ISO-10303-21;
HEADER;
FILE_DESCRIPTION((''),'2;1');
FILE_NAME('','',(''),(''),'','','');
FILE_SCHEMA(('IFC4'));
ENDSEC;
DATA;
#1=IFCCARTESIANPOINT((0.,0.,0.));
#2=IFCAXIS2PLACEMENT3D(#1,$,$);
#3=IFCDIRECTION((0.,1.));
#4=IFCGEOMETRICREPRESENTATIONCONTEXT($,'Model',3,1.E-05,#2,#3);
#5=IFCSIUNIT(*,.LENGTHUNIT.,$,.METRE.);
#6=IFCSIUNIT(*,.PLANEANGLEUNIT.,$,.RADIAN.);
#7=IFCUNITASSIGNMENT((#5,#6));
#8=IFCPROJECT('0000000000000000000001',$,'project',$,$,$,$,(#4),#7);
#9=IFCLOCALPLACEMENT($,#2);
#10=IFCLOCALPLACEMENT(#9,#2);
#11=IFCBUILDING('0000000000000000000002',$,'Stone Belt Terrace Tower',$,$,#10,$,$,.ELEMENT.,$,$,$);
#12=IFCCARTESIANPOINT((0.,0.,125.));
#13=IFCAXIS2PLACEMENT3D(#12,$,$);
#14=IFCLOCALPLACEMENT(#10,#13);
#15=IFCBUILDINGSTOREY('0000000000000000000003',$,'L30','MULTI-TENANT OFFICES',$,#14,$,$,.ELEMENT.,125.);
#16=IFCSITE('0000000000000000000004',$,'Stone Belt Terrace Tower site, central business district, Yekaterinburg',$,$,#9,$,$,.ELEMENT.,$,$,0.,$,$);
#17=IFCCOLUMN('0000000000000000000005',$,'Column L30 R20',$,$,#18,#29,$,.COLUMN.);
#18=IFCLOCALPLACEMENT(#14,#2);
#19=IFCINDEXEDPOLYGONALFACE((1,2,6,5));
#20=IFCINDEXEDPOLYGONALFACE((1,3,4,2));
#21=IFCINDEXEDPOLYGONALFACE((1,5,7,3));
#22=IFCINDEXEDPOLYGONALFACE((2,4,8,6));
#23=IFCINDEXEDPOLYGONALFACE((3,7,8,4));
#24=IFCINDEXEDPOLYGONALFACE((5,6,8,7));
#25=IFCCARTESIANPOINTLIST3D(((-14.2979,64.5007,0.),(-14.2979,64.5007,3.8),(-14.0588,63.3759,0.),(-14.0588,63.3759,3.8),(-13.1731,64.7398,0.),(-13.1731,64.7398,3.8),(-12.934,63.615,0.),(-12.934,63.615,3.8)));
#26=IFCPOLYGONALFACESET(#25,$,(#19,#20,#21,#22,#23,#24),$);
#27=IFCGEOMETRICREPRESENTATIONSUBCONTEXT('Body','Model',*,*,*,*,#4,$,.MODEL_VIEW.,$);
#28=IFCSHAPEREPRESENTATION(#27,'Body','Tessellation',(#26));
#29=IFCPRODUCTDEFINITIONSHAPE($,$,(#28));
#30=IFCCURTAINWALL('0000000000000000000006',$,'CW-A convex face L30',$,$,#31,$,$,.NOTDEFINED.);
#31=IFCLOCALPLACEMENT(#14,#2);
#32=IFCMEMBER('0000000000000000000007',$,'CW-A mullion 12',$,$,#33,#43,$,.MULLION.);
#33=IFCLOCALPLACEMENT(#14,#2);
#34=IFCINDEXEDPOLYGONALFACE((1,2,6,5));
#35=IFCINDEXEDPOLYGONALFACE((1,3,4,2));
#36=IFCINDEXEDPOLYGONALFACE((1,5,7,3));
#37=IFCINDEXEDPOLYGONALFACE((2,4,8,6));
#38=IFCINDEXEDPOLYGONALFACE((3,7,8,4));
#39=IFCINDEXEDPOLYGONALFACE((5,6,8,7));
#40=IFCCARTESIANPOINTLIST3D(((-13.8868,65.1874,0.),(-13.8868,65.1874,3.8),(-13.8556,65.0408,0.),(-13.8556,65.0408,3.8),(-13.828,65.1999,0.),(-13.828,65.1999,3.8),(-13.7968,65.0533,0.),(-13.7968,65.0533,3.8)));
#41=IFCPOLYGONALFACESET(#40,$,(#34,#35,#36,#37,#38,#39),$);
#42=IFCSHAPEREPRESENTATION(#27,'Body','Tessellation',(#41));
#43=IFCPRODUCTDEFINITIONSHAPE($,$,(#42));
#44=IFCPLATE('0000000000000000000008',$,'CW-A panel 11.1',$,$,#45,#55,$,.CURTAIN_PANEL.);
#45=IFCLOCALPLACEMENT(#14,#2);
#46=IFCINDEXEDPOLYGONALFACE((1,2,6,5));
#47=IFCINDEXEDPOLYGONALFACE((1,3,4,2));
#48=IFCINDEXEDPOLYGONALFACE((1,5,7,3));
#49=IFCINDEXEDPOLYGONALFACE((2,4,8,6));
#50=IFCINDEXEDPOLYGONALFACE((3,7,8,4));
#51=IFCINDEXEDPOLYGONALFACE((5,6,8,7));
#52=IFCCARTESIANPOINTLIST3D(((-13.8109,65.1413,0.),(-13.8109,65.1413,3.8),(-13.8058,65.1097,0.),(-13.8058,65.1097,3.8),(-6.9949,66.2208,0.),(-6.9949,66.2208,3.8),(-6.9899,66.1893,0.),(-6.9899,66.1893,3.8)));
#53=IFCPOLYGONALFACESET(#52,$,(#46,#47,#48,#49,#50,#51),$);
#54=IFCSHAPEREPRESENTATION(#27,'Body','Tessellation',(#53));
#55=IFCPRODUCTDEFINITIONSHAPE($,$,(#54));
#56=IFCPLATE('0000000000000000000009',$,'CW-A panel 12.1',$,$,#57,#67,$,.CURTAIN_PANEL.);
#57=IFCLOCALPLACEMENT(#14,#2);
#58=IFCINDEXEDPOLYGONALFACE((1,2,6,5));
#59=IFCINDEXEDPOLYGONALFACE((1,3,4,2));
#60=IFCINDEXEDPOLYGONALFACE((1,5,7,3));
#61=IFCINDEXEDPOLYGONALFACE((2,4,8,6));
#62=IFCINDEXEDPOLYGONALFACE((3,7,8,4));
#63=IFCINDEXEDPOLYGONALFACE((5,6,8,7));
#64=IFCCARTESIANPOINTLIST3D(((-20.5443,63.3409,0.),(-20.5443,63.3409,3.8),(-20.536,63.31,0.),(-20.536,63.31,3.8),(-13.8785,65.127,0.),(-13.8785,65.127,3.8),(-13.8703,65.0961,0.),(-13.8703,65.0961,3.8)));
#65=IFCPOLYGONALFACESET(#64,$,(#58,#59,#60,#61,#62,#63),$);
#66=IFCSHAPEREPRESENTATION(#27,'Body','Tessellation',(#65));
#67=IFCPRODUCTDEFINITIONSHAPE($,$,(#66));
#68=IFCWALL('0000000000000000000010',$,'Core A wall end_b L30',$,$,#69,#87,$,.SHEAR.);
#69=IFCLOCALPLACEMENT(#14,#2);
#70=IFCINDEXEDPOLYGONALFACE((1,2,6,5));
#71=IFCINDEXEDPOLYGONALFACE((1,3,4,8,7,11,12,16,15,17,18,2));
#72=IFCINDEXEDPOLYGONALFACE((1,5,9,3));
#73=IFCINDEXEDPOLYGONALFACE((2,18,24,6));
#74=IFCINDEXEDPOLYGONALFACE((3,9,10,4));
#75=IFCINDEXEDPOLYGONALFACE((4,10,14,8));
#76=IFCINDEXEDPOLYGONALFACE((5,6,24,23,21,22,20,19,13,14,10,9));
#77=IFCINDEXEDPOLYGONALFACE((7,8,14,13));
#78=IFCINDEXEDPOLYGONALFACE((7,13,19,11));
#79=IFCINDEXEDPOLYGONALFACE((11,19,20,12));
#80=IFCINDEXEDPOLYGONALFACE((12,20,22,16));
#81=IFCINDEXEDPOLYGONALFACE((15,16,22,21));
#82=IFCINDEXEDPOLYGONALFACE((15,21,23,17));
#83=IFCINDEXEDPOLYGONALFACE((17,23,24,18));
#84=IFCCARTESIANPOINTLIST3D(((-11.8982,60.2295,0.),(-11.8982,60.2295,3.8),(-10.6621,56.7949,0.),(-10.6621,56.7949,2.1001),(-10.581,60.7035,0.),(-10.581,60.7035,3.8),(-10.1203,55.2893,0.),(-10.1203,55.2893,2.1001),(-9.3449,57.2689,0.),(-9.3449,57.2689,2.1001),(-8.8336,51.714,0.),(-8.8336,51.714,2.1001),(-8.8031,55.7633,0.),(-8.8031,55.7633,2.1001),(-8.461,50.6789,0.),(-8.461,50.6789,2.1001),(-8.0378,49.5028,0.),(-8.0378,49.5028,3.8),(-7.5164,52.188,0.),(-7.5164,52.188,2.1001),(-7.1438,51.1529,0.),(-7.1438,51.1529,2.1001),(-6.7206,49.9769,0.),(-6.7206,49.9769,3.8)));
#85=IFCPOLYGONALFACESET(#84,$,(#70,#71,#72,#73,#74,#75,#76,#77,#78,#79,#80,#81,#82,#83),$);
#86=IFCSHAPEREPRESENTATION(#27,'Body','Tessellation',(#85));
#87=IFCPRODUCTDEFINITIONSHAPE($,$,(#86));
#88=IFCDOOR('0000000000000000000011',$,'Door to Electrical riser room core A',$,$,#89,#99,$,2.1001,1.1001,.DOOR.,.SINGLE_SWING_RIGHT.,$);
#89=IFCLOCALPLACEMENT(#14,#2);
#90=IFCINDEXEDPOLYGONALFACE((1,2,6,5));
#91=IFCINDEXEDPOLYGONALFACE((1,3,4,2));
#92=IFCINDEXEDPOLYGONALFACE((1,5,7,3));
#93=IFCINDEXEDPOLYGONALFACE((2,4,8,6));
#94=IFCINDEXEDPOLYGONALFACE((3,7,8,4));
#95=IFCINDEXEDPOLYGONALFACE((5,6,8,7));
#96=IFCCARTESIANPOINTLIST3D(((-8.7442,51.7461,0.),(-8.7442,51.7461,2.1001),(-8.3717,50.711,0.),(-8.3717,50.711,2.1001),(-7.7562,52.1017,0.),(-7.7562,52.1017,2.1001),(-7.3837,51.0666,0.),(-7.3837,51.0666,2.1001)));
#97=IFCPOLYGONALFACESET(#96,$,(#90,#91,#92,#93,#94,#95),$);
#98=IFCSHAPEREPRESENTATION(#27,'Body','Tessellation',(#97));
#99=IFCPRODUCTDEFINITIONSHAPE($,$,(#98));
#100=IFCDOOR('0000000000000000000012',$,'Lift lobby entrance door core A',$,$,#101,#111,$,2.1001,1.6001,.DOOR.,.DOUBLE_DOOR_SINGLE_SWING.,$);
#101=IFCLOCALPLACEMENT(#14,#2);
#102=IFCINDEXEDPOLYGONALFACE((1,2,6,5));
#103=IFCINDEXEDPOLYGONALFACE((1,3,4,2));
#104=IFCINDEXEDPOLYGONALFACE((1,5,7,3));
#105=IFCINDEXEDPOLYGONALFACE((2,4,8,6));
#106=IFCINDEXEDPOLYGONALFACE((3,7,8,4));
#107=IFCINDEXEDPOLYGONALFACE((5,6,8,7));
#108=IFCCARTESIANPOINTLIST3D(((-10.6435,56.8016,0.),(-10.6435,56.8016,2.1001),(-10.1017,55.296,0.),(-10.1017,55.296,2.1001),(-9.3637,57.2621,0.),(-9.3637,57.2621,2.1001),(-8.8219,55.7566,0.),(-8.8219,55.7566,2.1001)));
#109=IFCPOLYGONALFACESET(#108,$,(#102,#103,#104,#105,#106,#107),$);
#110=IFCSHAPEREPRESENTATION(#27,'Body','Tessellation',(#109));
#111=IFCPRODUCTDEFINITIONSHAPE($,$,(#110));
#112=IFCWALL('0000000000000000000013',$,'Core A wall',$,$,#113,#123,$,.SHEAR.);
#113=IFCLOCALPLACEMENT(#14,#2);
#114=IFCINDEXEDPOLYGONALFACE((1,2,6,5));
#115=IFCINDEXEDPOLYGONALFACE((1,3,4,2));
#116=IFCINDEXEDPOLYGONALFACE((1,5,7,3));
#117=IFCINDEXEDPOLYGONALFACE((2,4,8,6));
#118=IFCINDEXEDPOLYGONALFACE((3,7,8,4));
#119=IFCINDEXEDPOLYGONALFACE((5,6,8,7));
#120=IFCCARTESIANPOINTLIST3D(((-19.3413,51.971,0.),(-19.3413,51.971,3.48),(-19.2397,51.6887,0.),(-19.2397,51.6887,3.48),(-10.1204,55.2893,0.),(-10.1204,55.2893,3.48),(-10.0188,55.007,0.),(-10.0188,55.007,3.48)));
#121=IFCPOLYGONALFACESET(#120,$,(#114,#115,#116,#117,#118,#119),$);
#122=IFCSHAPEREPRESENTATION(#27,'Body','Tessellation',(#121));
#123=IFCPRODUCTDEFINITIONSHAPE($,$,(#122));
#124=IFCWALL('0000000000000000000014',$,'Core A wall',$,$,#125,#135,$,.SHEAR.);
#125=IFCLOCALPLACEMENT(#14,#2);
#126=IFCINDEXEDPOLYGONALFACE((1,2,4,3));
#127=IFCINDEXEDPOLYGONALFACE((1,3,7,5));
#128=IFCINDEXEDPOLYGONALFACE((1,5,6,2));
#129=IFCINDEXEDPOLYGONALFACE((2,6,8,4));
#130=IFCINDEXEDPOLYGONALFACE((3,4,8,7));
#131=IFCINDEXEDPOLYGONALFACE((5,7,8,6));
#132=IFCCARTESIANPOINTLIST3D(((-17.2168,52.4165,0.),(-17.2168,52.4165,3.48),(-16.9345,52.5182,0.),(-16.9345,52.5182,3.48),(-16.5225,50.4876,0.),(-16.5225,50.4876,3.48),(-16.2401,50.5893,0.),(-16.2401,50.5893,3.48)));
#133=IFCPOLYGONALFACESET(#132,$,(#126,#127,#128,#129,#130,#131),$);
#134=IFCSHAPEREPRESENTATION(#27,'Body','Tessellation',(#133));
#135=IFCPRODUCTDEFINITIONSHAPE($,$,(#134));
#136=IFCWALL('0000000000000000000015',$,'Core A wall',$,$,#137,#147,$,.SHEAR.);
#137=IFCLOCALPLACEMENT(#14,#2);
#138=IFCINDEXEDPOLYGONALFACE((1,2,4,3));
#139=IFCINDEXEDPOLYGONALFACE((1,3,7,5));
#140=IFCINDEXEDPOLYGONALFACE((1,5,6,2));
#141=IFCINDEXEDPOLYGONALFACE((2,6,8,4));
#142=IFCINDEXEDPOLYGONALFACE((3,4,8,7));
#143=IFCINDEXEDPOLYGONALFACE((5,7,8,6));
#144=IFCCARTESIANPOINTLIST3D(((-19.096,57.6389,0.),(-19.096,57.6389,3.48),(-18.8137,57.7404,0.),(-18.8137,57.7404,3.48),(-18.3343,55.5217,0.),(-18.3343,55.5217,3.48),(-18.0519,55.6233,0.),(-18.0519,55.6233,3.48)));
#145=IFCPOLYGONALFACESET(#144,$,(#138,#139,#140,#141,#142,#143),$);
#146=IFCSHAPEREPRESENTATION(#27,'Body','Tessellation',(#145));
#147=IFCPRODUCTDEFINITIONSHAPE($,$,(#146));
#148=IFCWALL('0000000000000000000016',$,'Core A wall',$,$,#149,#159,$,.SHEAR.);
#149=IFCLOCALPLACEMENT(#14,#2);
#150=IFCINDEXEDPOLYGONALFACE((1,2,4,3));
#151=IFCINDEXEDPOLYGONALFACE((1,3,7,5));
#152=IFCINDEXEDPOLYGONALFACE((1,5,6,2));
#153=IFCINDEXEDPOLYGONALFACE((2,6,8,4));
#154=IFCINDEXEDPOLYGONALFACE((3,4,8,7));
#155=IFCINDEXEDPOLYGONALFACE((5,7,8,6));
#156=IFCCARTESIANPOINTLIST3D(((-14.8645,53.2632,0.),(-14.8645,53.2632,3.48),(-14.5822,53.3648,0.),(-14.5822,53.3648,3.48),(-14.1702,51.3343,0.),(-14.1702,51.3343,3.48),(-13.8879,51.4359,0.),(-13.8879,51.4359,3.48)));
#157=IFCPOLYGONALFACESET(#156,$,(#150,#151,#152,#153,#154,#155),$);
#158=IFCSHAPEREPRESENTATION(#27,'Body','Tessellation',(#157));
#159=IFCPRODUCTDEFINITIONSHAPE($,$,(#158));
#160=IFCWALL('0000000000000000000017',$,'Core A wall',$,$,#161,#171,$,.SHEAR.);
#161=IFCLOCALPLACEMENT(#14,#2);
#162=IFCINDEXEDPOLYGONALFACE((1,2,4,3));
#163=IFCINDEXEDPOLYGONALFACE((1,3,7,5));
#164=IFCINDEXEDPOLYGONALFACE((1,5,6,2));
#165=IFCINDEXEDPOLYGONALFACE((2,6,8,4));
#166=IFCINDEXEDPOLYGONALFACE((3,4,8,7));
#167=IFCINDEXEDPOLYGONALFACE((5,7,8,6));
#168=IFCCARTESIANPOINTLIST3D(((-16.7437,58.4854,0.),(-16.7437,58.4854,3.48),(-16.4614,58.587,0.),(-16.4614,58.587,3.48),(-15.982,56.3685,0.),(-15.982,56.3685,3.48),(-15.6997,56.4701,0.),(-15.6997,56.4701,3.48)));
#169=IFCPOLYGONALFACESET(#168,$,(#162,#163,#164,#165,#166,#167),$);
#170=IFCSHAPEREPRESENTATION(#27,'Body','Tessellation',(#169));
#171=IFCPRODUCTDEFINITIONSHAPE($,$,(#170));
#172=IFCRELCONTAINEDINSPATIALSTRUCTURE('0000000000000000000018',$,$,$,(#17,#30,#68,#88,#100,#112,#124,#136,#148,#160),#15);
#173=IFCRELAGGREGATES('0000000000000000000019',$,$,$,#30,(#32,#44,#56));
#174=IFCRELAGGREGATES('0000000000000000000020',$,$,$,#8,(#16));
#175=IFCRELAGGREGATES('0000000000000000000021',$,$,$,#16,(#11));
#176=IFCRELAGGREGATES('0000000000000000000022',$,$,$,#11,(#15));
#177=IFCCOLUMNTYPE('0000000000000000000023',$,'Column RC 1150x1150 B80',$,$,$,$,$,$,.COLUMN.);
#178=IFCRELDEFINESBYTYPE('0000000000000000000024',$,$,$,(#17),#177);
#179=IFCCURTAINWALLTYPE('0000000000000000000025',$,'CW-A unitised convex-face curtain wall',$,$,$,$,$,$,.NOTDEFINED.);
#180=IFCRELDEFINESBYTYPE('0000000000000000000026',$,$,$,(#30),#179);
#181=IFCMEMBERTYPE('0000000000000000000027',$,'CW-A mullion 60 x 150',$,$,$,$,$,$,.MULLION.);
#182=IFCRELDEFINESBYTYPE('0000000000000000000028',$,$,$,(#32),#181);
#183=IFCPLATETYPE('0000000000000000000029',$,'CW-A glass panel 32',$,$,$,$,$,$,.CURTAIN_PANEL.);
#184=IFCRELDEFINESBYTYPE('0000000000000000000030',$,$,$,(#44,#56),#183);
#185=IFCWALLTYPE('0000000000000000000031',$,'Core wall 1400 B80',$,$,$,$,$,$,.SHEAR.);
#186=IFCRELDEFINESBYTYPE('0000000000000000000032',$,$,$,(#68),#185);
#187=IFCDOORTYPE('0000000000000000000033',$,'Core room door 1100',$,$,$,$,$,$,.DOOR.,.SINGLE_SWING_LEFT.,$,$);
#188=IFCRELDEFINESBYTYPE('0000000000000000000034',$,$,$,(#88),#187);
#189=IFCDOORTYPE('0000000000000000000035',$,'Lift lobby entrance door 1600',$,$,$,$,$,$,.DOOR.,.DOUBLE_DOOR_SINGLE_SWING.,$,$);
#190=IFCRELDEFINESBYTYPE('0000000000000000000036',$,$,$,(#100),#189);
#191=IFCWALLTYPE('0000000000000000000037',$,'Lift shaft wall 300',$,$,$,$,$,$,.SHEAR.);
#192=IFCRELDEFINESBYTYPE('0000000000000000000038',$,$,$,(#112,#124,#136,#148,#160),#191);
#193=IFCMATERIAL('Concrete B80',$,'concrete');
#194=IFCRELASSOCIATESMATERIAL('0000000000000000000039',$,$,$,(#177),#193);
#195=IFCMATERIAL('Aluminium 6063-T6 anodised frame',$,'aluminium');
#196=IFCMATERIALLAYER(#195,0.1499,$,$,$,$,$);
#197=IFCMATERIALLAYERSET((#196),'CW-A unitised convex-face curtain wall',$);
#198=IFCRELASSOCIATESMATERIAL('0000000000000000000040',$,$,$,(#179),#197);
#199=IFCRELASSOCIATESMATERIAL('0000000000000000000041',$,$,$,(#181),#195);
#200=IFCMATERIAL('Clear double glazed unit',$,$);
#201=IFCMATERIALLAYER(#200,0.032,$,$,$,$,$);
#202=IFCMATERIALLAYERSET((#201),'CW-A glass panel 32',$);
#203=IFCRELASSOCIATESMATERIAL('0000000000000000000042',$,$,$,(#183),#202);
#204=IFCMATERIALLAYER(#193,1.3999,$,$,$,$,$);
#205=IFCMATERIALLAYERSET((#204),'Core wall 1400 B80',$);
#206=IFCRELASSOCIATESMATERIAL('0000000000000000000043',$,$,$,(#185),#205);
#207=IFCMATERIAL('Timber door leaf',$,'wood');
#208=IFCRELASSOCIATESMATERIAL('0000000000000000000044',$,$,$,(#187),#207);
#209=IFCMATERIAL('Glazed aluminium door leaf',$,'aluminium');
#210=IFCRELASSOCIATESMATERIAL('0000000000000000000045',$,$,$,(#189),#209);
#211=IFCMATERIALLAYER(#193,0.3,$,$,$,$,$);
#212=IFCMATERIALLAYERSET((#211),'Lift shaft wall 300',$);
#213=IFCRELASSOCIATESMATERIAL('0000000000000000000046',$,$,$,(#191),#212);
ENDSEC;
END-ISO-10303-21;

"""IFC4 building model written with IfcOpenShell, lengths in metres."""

from ifc_helpers import new_model, si_unit, direction, frame, frame_2d, origin, origin_2d, place, context, subcontext, project, spatial, rectangle, extrude, material, layer, layer_set, material_profile, profile_set, type_object, element, fill, aggregate, save


model = new_model("IFC4")

# Units and contexts
model_context = context("Model", 3, precision=1e-05, world=origin(), true_north=direction((0.0, 1.0)))
body_context = subcontext(model_context, "Body", "Model", "MODEL_VIEW")
ifc_project = project(units=[si_unit("LENGTHUNIT", "METRE"), si_unit("PLANEANGLEUNIT", "RADIAN")], contexts=[model_context])

# Site, building, storey
site_placement = place(None, origin())
site = spatial("IfcSite", under=ifc_project, at=site_placement, Name="Stone Belt Terrace Tower site, central business district, Yekaterinburg", CompositionType="ELEMENT", RefElevation=0.0)
building_placement = place(site_placement, origin())
building = spatial("IfcBuilding", under=site, at=building_placement, Name="Stone Belt Terrace Tower", CompositionType="ELEMENT")
storey_placement = place(building_placement, frame((0.0, 0.0, 125.0)))
storey = spatial("IfcBuildingStorey", under=building, at=storey_placement, Name="L30", Description="MULTI-TENANT OFFICES", CompositionType="ELEMENT", Elevation=125.0)

# Column
ifc_material_1 = material(Name="Concrete B80", Category="concrete")
ifc_material_profile_1 = material_profile(ifc_material_1, rectangle(XDim=1.1499, YDim=1.1499, at=origin_2d()), Name="RC 1150x1150")
ifc_profile_set_1 = profile_set([ifc_material_profile_1], Name="Concrete B80")
column_type = type_object("IfcColumnType", Name="Column RC 1150x1150 B80", PredefinedType="COLUMN", material=ifc_profile_set_1)
column_placement = place(storey_placement, frame((-13.616, 64.0579, 0.0), z_axis=(0.0, 0.0, 1.0), x_axis=(0.978148, 0.207912, 0.0)))
element("IfcColumn", 1, at=column_placement, inside=storey, type_object=column_type, Name="Column L30 R20", PredefinedType="COLUMN", context=body_context, shape_type="SweptSolid", body=[
    extrude(rectangle(XDim=1.1499, YDim=1.1499, at=origin_2d()), origin(), (0.0, 0.0, 1.0), 3.8),
])

# Curtain wall, member, plates
ifc_material_2 = material(Name="Aluminium 6063-T6 anodised frame", Category="aluminium")
ifc_layer_1 = layer(ifc_material_2, 0.1499)
ifc_layer_set_1 = layer_set([ifc_layer_1], Name="CW-A unitised convex-face curtain wall")
curtain_wall_type = type_object("IfcCurtainWallType", Name="CW-A unitised convex-face curtain wall", PredefinedType="NOTDEFINED", material=ifc_layer_set_1)
curtain_wall_placement = place(storey_placement, origin())
curtain_wall = element("IfcCurtainWall", 2, at=curtain_wall_placement, inside=storey, type_object=curtain_wall_type, Name="CW-A convex face L30", PredefinedType="NOTDEFINED")
ifc_material_profile_2 = material_profile(ifc_material_2, rectangle(XDim=0.1499, YDim=0.0601, at=origin_2d()), Name="Aluminium 6063-T6 60x150")
ifc_profile_set_2 = profile_set([ifc_material_profile_2], Name="Aluminium 6063-T6 anodised frame")
member_type = type_object("IfcMemberType", Name="CW-A mullion 60 x 150", PredefinedType="MULLION", material=ifc_profile_set_2)
member_placement = place(storey_placement, frame((-13.8418, 65.1204, 0.0), z_axis=(0.0, 0.0, 1.0), x_axis=(0.207912, -0.978148, 0.0)))
member = element("IfcMember", 3, at=member_placement, type_object=member_type, Name="CW-A mullion 12", PredefinedType="MULLION", context=body_context, shape_type="SweptSolid", body=[
    extrude(rectangle(XDim=0.1499, YDim=0.0601, at=origin_2d()), origin(), (0.0, 0.0, 1.0), 3.8),
])
ifc_material_3 = material(Name="Clear double glazed unit")
ifc_layer_2 = layer(ifc_material_3, 0.032)
ifc_layer_set_2 = layer_set([ifc_layer_2], Name="CW-A glass panel 32")
plate_type = type_object("IfcPlateType", Name="CW-A glass panel 32", PredefinedType="CURTAIN_PANEL", material=ifc_layer_set_2)
plate_1_placement = place(storey_placement, frame((-10.4004, 65.6653, 0.0), z_axis=(0.0, 0.0, 1.0), x_axis=(-0.987688, -0.156434, 0.0)))
plate_1 = element("IfcPlate", 4, at=plate_1_placement, type_object=plate_type, Name="CW-A panel 11.1", PredefinedType="CURTAIN_PANEL", context=body_context, shape_type="SweptSolid", body=[
    extrude(rectangle(XDim=6.9009, YDim=0.032, at=origin_2d()), origin(), (0.0, 0.0, 1.0), 3.8),
])
plate_2_placement = place(storey_placement, frame((-17.2073, 64.2185, 0.0), z_axis=(0.0, 0.0, 1.0), x_axis=(-0.965926, -0.258819, 0.0)))
plate_2 = element("IfcPlate", 5, at=plate_2_placement, type_object=plate_type, Name="CW-A panel 12.1", PredefinedType="CURTAIN_PANEL", context=body_context, shape_type="SweptSolid", body=[
    extrude(rectangle(XDim=6.9009, YDim=0.032, at=origin_2d()), origin(), (0.0, 0.0, 1.0), 3.8),
])
aggregate(curtain_wall, [member, plate_1, plate_2])

# Wall, openings, doors
ifc_layer_3 = layer(ifc_material_1, 1.3999)
ifc_layer_set_3 = layer_set([ifc_layer_3], Name="Core wall 1400 B80")
wall_type_1 = type_object("IfcWallType", Name="Core wall 1400 B80", PredefinedType="SHEAR", material=ifc_layer_set_3)
wall_1_placement = place(storey_placement, frame((-7.3792, 49.7397, 0.0), z_axis=(0.0, 0.0, 1.0), x_axis=(-0.338625, 0.940921, 0.0)))
wall_1 = element("IfcWall", 6, at=wall_1_placement, inside=storey, type_object=wall_type_1, Name="Core A wall end_b L30", PredefinedType="SHEAR", context=body_context, shape_type="SweptSolid", body=[
    extrude(rectangle(XDim=11.4001, YDim=1.3999, at=frame_2d((5.7002, 0.0))), origin(), (0.0, 0.0, 1.0), 3.8),
])
opening_1_placement = place(wall_1_placement, frame((6.1499, 0.0, 0.0)))
opening_1 = element("IfcOpeningElement", 7, at=opening_1_placement, cuts=wall_1, PredefinedType="OPENING", context=body_context, shape_type="SweptSolid", body=[
    extrude(rectangle(XDim=1.6001, YDim=2.1001, at=frame_2d((0.8, 1.05))), frame((0.0, 0.71, 0.0), z_axis=(0.0, -1.0, 0.0), x_axis=(1.0, 0.0, 0.0)), (0.0, 0.0, 1.0), 1.4199),
])
opening_2_placement = place(wall_1_placement, frame((1.25, 0.0, 0.0)))
opening_2 = element("IfcOpeningElement", 8, at=opening_2_placement, cuts=wall_1, PredefinedType="OPENING", context=body_context, shape_type="SweptSolid", body=[
    extrude(rectangle(XDim=1.1001, YDim=2.1001, at=frame_2d((0.55, 1.05))), frame((0.0, 0.71, 0.0), z_axis=(0.0, -1.0, 0.0), x_axis=(1.0, 0.0, 0.0)), (0.0, 0.0, 1.0), 1.4199),
])
ifc_material_4 = material(Name="Timber door leaf", Category="wood")
door_type_1 = type_object("IfcDoorType", Name="Core room door 1100", OperationType="SINGLE_SWING_LEFT", PredefinedType="DOOR", material=ifc_material_4)
door_1_placement = place(opening_2_placement, origin())
door_1 = element("IfcDoor", 9, at=door_1_placement, inside=storey, type_object=door_type_1, Name="Door to Electrical riser room core A", OperationType="SINGLE_SWING_RIGHT", OverallHeight=2.1001, OverallWidth=1.1001, PredefinedType="DOOR", context=body_context, shape_type="SweptSolid", body=[
    extrude(rectangle(XDim=1.1001, YDim=2.1001, at=frame_2d((0.55, 1.05))), frame((0.0, 0.605, 0.0), z_axis=(0.0, -1.0, 0.0), x_axis=(1.0, 0.0, 0.0)), (0.0, 0.0, 1.0), 1.05),
])
fill(opening_2, door_1)
ifc_material_5 = material(Name="Glazed aluminium door leaf", Category="aluminium")
door_type_2 = type_object("IfcDoorType", Name="Lift lobby entrance door 1600", OperationType="DOUBLE_DOOR_SINGLE_SWING", PredefinedType="DOOR", material=ifc_material_5)
door_2_placement = place(opening_1_placement, origin())
door_2 = element("IfcDoor", 10, at=door_2_placement, inside=storey, type_object=door_type_2, Name="Lift lobby entrance door core A", OperationType="DOUBLE_DOOR_SINGLE_SWING", OverallHeight=2.1001, OverallWidth=1.6001, PredefinedType="DOOR", context=body_context, shape_type="SweptSolid", body=[
    extrude(rectangle(XDim=1.6001, YDim=2.1001, at=frame_2d((0.8, 1.05))), frame((0.0, 0.6802, 0.0), z_axis=(0.0, -1.0, 0.0), x_axis=(1.0, 0.0, 0.0)), (0.0, 0.0, 1.0), 1.3601),
])
fill(opening_1, door_2)

# Walls
ifc_layer_4 = layer(ifc_material_1, 0.3)
ifc_layer_set_4 = layer_set([ifc_layer_4], Name="Lift shaft wall 300")
wall_type_2 = type_object("IfcWallType", Name="Lift shaft wall 300", PredefinedType="SHEAR", material=ifc_layer_set_4)
wall_2_placement = place(storey_placement, frame((-19.2905, 51.8298, 0.0), z_axis=(0.0, 0.0, 1.0), x_axis=(0.940926, 0.338613, 0.0)))
element("IfcWall", 11, at=wall_2_placement, inside=storey, type_object=wall_type_2, Name="Core A wall", PredefinedType="SHEAR", context=body_context, shape_type="SweptSolid", body=[
    extrude(rectangle(XDim=9.7998, YDim=0.3, at=frame_2d((4.8999, 0.0))), origin(), (0.0, 0.0, 1.0), 3.48),
])
wall_3_placement = place(storey_placement, frame((-16.3813, 50.5386, 0.0), z_axis=(0.0, 0.0, 1.0), x_axis=(-0.338682, 0.940901, 0.0)))
element("IfcWall", 12, at=wall_3_placement, inside=storey, type_object=wall_type_2, Name="Core A wall", PredefinedType="SHEAR", context=body_context, shape_type="SweptSolid", body=[
    extrude(rectangle(XDim=2.05, YDim=0.3, at=frame_2d((1.0249, 0.0))), origin(), (0.0, 0.0, 1.0), 3.48),
])
wall_4_placement = place(storey_placement, frame((-18.1931, 55.5725, 0.0), z_axis=(0.0, 0.0, 1.0), x_axis=(-0.338535, 0.940954, 0.0)))
element("IfcWall", 13, at=wall_4_placement, inside=storey, type_object=wall_type_2, Name="Core A wall", PredefinedType="SHEAR", context=body_context, shape_type="SweptSolid", body=[
    extrude(rectangle(XDim=2.25, YDim=0.3, at=frame_2d((1.125, 0.0))), origin(), (0.0, 0.0, 1.0), 3.48),
])
wall_5_placement = place(storey_placement, frame((-14.0291, 51.3853, 0.0), z_axis=(0.0, 0.0, 1.0), x_axis=(-0.338682, 0.940901, 0.0)))
element("IfcWall", 14, at=wall_5_placement, inside=storey, type_object=wall_type_2, Name="Core A wall", PredefinedType="SHEAR", context=body_context, shape_type="SweptSolid", body=[
    extrude(rectangle(XDim=2.05, YDim=0.3, at=frame_2d((1.0249, 0.0))), origin(), (0.0, 0.0, 1.0), 3.48),
])
wall_6_placement = place(storey_placement, frame((-15.8408, 56.4192, 0.0), z_axis=(0.0, 0.0, 1.0), x_axis=(-0.33857, 0.940941, 0.0)))
element("IfcWall", 15, at=wall_6_placement, inside=storey, type_object=wall_type_2, Name="Core A wall", PredefinedType="SHEAR", context=body_context, shape_type="SweptSolid", body=[
    extrude(rectangle(XDim=2.2498, YDim=0.3, at=frame_2d((1.125, 0.0))), origin(), (0.0, 0.0, 1.0), 3.48),
])

save(model, "model.ifc")
